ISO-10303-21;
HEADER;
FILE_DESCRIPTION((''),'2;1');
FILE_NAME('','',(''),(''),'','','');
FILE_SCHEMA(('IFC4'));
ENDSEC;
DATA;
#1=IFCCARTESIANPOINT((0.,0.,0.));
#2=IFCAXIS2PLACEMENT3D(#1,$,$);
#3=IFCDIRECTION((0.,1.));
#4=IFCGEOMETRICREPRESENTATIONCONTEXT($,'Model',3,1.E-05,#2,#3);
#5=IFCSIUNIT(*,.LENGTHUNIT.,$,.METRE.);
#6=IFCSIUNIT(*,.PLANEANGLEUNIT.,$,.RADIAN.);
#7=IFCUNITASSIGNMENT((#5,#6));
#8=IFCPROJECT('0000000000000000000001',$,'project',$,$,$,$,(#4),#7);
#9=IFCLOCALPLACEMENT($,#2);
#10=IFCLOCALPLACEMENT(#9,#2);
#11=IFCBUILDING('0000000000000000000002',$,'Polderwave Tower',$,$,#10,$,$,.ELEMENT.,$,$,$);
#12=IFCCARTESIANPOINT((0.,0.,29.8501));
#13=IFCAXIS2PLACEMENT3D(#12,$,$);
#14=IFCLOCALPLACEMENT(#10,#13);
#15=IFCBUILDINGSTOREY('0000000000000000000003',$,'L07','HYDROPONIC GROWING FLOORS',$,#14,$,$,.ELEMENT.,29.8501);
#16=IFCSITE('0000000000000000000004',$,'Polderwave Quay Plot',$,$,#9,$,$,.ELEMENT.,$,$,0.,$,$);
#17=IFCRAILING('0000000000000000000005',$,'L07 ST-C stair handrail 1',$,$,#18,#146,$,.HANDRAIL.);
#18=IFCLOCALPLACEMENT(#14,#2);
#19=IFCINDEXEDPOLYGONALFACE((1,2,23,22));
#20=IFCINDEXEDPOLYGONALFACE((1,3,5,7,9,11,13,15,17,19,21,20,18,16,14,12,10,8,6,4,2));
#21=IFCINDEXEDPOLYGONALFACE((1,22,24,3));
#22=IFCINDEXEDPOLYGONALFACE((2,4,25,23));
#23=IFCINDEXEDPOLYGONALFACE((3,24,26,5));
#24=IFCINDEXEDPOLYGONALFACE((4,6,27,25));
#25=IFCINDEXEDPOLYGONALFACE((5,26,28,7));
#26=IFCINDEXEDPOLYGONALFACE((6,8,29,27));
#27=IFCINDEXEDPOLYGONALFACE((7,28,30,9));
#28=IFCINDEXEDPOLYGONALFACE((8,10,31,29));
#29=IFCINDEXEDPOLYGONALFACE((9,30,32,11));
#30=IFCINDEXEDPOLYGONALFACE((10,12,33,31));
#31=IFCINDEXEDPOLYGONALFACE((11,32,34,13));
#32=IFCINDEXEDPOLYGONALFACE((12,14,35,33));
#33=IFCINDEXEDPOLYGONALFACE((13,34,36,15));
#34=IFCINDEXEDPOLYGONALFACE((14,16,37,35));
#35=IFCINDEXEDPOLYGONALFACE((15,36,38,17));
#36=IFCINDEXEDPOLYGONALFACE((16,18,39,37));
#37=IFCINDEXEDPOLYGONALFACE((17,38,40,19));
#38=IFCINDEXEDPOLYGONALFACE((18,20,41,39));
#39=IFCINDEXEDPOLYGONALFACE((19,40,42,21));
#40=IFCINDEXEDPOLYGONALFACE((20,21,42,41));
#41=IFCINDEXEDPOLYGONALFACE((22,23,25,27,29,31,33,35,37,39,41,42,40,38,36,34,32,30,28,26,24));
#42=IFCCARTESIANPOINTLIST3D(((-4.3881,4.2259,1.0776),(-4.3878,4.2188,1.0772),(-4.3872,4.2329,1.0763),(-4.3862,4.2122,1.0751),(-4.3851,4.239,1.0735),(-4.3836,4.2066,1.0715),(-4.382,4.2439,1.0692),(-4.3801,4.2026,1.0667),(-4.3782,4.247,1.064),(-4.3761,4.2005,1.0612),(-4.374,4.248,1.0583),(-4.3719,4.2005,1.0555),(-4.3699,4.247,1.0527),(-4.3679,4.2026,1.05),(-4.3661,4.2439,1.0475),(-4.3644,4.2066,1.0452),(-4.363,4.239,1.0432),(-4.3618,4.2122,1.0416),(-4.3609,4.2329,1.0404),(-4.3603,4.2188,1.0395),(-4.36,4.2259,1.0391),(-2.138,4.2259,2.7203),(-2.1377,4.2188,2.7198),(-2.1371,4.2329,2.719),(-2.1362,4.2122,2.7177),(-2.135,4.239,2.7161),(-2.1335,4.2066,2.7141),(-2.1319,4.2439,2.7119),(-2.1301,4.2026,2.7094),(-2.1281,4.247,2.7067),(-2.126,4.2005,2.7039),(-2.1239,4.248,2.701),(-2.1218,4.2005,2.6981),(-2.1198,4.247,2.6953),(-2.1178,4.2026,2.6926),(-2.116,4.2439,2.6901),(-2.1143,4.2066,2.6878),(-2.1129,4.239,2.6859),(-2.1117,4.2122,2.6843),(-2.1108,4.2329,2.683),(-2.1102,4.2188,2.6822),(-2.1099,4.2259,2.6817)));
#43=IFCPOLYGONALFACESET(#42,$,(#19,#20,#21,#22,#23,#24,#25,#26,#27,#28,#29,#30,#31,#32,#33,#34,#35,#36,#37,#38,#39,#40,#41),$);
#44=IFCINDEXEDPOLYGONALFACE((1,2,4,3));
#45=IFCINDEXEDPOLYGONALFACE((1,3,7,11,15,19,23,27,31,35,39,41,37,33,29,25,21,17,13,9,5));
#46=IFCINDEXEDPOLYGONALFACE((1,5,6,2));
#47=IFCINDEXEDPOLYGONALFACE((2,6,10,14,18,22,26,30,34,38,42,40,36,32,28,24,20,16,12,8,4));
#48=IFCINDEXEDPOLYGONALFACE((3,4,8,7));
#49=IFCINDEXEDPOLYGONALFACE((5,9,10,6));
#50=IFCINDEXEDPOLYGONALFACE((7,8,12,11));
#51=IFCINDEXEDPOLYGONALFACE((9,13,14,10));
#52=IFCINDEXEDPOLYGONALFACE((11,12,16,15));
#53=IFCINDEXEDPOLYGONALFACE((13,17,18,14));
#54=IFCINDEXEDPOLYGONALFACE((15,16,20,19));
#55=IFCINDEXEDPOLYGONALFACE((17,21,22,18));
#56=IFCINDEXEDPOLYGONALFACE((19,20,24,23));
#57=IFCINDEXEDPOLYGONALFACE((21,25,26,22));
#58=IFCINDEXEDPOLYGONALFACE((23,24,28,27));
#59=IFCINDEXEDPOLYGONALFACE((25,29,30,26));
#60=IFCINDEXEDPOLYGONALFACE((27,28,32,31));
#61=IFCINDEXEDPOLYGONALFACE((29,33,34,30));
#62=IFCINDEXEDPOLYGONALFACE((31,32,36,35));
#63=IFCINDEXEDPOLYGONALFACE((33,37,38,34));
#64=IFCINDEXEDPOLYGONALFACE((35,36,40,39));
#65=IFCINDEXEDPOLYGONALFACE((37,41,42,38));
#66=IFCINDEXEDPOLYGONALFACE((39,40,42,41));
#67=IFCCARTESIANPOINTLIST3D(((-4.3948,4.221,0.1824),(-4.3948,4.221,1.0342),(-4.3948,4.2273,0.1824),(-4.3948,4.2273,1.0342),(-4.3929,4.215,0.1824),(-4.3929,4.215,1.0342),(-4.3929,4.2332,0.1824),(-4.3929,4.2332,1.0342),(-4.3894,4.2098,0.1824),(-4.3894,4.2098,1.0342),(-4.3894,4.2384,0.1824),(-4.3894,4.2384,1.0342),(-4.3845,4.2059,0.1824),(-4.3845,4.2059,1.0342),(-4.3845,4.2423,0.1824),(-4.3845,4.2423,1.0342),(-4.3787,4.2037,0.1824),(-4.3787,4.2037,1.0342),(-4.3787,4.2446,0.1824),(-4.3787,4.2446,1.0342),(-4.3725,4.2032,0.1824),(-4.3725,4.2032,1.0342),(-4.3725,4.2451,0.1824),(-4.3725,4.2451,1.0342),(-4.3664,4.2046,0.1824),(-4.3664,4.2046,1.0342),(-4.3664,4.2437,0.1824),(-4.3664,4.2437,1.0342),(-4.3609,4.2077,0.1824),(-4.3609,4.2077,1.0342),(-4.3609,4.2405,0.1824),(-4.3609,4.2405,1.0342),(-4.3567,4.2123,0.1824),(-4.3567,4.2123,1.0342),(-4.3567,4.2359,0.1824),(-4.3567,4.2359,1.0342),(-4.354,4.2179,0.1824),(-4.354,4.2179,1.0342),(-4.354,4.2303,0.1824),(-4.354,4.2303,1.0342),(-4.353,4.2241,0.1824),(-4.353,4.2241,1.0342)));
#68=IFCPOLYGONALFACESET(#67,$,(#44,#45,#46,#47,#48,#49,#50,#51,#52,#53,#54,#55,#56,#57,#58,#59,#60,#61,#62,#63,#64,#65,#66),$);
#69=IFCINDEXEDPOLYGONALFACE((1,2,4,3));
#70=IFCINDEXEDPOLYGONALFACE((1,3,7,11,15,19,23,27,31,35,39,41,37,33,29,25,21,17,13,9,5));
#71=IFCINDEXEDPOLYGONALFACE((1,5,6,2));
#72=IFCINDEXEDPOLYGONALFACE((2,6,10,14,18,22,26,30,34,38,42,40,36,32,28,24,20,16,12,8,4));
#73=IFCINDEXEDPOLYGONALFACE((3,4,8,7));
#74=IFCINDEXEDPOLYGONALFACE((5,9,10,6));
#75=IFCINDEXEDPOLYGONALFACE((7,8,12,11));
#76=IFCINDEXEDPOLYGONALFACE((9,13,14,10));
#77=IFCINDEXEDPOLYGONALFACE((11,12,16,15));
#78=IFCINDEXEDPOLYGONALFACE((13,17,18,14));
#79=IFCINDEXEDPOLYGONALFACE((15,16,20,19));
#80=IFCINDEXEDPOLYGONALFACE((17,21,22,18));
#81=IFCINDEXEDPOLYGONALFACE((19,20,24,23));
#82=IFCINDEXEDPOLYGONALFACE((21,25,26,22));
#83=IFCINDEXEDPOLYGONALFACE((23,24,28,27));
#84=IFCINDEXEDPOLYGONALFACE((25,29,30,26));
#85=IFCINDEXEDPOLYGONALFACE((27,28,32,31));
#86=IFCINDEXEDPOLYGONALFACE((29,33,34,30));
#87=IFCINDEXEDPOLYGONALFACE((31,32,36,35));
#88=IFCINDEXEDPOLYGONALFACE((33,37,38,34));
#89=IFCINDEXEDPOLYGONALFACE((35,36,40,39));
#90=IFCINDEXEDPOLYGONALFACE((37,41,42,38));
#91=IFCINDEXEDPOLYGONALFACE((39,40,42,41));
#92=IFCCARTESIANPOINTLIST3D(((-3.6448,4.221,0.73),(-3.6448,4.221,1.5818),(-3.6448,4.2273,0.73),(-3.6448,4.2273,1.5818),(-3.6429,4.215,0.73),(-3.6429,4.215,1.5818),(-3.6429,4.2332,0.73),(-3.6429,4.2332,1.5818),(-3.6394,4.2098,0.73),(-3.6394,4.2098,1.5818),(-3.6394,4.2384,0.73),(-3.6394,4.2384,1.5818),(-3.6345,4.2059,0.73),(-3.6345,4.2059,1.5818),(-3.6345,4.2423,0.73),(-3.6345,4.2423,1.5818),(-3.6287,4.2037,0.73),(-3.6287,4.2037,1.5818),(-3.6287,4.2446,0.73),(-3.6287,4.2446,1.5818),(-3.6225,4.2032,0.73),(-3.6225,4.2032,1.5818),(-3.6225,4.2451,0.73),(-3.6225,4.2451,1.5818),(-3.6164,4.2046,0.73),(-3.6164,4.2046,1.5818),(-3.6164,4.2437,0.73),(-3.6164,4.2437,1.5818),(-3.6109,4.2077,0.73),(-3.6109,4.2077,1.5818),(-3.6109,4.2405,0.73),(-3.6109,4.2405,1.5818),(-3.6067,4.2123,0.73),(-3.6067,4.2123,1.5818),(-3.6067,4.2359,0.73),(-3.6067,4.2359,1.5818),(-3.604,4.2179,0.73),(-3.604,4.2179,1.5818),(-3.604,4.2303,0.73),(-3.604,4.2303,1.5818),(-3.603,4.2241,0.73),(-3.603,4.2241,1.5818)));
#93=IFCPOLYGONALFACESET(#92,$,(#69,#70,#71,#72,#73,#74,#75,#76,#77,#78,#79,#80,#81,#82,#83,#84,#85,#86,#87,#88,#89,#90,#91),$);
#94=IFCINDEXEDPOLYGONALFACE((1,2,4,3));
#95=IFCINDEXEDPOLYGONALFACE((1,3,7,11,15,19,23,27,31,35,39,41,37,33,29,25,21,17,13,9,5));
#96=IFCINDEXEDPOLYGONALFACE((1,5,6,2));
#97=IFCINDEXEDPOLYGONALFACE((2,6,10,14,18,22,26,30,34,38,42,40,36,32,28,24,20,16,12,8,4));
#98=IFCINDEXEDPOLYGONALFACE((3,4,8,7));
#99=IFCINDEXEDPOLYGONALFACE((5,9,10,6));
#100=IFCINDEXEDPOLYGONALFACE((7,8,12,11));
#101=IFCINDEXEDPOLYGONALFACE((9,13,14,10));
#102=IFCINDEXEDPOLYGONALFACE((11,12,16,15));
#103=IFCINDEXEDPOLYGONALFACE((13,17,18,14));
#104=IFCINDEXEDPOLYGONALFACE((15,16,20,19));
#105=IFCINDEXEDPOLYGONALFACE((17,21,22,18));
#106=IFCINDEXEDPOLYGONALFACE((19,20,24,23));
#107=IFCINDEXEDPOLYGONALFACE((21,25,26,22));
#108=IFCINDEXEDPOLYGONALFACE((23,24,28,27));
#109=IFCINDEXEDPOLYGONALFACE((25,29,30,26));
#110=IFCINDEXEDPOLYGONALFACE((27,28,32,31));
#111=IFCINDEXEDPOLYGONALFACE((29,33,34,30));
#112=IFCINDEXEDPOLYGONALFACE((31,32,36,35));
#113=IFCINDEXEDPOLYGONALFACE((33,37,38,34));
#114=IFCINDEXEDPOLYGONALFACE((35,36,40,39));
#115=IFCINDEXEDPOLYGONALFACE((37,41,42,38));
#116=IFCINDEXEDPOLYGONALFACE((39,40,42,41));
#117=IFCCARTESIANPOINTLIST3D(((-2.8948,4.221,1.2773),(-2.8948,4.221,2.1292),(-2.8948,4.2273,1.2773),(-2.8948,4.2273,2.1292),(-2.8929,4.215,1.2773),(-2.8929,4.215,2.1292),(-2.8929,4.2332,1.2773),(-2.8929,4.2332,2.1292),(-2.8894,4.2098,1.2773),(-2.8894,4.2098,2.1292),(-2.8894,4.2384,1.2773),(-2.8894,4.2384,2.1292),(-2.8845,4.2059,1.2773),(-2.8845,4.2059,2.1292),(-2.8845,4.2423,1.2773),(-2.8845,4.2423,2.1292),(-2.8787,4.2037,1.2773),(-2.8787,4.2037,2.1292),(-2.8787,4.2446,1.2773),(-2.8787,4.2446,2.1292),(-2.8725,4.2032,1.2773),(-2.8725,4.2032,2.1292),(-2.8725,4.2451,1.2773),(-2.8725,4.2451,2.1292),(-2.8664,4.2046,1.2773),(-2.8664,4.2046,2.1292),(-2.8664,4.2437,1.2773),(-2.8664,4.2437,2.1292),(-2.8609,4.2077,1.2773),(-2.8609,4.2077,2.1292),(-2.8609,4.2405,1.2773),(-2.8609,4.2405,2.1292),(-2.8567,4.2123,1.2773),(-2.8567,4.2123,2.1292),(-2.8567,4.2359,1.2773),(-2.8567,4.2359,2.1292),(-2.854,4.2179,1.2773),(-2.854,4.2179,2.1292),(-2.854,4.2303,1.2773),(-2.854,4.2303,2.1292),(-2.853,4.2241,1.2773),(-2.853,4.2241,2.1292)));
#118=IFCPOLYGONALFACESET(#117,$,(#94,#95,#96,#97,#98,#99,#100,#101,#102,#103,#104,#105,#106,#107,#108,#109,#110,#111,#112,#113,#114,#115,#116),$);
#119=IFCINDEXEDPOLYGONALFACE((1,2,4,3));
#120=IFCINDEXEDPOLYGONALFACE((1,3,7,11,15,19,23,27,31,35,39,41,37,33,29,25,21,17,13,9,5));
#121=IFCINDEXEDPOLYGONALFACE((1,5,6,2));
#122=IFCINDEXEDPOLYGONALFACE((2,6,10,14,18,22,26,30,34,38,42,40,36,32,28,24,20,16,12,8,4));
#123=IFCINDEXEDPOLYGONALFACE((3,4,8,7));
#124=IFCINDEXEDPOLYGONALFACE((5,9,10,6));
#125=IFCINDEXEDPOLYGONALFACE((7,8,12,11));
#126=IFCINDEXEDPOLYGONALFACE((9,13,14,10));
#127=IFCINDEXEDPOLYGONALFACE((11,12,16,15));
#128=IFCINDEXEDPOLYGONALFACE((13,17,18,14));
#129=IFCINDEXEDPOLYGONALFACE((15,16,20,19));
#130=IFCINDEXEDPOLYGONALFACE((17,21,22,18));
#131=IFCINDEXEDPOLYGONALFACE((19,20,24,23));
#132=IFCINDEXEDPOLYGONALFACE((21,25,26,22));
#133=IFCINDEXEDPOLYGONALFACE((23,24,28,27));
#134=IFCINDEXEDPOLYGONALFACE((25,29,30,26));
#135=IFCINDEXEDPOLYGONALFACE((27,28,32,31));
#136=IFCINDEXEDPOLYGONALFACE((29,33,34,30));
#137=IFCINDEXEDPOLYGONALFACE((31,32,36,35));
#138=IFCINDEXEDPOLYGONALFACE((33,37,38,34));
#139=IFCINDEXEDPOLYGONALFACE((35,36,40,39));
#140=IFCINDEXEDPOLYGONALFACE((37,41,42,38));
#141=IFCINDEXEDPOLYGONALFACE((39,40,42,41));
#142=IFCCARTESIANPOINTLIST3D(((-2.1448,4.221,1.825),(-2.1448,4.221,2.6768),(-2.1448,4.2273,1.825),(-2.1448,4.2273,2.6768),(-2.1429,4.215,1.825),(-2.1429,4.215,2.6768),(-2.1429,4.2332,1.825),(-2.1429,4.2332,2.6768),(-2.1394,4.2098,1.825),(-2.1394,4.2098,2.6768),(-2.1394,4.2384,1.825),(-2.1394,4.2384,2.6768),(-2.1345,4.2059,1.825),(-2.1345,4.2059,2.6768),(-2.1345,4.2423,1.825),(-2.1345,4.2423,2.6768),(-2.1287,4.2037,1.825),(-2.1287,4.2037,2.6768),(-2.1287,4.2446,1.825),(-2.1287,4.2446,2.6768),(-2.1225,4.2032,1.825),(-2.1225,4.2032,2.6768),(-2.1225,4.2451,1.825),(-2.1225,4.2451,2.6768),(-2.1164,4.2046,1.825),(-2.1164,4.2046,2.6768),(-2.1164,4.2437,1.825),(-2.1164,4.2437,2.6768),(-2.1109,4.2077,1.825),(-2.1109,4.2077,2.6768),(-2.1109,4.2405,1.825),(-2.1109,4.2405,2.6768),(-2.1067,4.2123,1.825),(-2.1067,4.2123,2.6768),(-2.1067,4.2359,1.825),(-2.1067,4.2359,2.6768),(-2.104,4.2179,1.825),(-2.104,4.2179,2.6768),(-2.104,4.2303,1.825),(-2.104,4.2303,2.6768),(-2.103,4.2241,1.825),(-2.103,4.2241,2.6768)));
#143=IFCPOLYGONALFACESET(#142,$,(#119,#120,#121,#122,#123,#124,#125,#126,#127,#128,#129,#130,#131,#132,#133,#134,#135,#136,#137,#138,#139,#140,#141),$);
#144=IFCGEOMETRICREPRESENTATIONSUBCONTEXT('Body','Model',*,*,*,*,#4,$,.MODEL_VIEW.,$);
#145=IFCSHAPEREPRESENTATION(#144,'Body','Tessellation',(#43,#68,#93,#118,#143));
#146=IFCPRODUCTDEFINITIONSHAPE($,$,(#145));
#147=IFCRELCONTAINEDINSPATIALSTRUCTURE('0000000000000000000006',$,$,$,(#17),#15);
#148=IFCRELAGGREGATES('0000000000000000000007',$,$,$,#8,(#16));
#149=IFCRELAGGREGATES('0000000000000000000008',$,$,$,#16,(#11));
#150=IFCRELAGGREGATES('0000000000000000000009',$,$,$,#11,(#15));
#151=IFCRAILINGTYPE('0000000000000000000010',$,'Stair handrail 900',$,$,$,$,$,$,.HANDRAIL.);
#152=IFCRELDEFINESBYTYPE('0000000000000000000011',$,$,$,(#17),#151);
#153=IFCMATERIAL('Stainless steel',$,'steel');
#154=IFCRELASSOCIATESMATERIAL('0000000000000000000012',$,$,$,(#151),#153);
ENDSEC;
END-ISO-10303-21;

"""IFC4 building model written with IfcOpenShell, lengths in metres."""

from ifc_helpers import new_model, si_unit, direction, frame, origin, origin_2d, place, context, subcontext, project, spatial, circle, extrude, material, type_object, element, save


model = new_model("IFC4")

# Units and contexts
model_context = context("Model", 3, precision=1e-05, world=origin(), true_north=direction((0.0, 1.0)))
body_context = subcontext(model_context, "Body", "Model", "MODEL_VIEW")
ifc_project = project(units=[si_unit("LENGTHUNIT", "METRE"), si_unit("PLANEANGLEUNIT", "RADIAN")], contexts=[model_context])

# Site, building, storey
site_placement = place(None, origin())
site = spatial("IfcSite", under=ifc_project, at=site_placement, Name="Polderwave Quay Plot", CompositionType="ELEMENT", RefElevation=0.0)
building_placement = place(site_placement, origin())
building = spatial("IfcBuilding", under=site, at=building_placement, Name="Polderwave Tower", CompositionType="ELEMENT")
storey_placement = place(building_placement, frame((0.0, 0.0, 29.8501)))
storey = spatial("IfcBuildingStorey", under=building, at=storey_placement, Name="L07", Description="HYDROPONIC GROWING FLOORS", CompositionType="ELEMENT", Elevation=29.8501)

# Railing
ifc_material_1 = material(Name="Stainless steel", Category="steel")
railing_type_1 = type_object("IfcRailingType", Name="Stair handrail 900", PredefinedType="HANDRAIL", material=ifc_material_1)
railing_1_placement = place(storey_placement, frame((-4.374, 4.2241, 0.1824)))
element("IfcRailing", 1, at=railing_1_placement, inside=storey, type_object=railing_type_1, Name="L07 ST-C stair handrail 1", PredefinedType="HANDRAIL", context=body_context, shape_type="SweptSolid", body=[
    extrude(circle(Radius=0.0239, at=origin_2d()), frame((0.0, 0.0, 0.876), z_axis=(0.807674, 0.0, 0.58963), x_axis=(0.0, 1.0, 0.0)), (0.0, 0.0, 1.0), 2.7859),
    extrude(circle(Radius=0.021, at=origin_2d()), origin(), (0.0, 0.0, 1.0), 0.8518),
    extrude(circle(Radius=0.021, at=origin_2d()), frame((0.75, 0.0, 0.5476)), (0.0, 0.0, 1.0), 0.8518),
    extrude(circle(Radius=0.021, at=origin_2d()), frame((1.5, 0.0, 1.095)), (0.0, 0.0, 1.0), 0.8518),
    extrude(circle(Radius=0.021, at=origin_2d()), frame((2.25, 0.0, 1.6426)), (0.0, 0.0, 1.0), 0.8518),
])

save(model, "model.ifc")
